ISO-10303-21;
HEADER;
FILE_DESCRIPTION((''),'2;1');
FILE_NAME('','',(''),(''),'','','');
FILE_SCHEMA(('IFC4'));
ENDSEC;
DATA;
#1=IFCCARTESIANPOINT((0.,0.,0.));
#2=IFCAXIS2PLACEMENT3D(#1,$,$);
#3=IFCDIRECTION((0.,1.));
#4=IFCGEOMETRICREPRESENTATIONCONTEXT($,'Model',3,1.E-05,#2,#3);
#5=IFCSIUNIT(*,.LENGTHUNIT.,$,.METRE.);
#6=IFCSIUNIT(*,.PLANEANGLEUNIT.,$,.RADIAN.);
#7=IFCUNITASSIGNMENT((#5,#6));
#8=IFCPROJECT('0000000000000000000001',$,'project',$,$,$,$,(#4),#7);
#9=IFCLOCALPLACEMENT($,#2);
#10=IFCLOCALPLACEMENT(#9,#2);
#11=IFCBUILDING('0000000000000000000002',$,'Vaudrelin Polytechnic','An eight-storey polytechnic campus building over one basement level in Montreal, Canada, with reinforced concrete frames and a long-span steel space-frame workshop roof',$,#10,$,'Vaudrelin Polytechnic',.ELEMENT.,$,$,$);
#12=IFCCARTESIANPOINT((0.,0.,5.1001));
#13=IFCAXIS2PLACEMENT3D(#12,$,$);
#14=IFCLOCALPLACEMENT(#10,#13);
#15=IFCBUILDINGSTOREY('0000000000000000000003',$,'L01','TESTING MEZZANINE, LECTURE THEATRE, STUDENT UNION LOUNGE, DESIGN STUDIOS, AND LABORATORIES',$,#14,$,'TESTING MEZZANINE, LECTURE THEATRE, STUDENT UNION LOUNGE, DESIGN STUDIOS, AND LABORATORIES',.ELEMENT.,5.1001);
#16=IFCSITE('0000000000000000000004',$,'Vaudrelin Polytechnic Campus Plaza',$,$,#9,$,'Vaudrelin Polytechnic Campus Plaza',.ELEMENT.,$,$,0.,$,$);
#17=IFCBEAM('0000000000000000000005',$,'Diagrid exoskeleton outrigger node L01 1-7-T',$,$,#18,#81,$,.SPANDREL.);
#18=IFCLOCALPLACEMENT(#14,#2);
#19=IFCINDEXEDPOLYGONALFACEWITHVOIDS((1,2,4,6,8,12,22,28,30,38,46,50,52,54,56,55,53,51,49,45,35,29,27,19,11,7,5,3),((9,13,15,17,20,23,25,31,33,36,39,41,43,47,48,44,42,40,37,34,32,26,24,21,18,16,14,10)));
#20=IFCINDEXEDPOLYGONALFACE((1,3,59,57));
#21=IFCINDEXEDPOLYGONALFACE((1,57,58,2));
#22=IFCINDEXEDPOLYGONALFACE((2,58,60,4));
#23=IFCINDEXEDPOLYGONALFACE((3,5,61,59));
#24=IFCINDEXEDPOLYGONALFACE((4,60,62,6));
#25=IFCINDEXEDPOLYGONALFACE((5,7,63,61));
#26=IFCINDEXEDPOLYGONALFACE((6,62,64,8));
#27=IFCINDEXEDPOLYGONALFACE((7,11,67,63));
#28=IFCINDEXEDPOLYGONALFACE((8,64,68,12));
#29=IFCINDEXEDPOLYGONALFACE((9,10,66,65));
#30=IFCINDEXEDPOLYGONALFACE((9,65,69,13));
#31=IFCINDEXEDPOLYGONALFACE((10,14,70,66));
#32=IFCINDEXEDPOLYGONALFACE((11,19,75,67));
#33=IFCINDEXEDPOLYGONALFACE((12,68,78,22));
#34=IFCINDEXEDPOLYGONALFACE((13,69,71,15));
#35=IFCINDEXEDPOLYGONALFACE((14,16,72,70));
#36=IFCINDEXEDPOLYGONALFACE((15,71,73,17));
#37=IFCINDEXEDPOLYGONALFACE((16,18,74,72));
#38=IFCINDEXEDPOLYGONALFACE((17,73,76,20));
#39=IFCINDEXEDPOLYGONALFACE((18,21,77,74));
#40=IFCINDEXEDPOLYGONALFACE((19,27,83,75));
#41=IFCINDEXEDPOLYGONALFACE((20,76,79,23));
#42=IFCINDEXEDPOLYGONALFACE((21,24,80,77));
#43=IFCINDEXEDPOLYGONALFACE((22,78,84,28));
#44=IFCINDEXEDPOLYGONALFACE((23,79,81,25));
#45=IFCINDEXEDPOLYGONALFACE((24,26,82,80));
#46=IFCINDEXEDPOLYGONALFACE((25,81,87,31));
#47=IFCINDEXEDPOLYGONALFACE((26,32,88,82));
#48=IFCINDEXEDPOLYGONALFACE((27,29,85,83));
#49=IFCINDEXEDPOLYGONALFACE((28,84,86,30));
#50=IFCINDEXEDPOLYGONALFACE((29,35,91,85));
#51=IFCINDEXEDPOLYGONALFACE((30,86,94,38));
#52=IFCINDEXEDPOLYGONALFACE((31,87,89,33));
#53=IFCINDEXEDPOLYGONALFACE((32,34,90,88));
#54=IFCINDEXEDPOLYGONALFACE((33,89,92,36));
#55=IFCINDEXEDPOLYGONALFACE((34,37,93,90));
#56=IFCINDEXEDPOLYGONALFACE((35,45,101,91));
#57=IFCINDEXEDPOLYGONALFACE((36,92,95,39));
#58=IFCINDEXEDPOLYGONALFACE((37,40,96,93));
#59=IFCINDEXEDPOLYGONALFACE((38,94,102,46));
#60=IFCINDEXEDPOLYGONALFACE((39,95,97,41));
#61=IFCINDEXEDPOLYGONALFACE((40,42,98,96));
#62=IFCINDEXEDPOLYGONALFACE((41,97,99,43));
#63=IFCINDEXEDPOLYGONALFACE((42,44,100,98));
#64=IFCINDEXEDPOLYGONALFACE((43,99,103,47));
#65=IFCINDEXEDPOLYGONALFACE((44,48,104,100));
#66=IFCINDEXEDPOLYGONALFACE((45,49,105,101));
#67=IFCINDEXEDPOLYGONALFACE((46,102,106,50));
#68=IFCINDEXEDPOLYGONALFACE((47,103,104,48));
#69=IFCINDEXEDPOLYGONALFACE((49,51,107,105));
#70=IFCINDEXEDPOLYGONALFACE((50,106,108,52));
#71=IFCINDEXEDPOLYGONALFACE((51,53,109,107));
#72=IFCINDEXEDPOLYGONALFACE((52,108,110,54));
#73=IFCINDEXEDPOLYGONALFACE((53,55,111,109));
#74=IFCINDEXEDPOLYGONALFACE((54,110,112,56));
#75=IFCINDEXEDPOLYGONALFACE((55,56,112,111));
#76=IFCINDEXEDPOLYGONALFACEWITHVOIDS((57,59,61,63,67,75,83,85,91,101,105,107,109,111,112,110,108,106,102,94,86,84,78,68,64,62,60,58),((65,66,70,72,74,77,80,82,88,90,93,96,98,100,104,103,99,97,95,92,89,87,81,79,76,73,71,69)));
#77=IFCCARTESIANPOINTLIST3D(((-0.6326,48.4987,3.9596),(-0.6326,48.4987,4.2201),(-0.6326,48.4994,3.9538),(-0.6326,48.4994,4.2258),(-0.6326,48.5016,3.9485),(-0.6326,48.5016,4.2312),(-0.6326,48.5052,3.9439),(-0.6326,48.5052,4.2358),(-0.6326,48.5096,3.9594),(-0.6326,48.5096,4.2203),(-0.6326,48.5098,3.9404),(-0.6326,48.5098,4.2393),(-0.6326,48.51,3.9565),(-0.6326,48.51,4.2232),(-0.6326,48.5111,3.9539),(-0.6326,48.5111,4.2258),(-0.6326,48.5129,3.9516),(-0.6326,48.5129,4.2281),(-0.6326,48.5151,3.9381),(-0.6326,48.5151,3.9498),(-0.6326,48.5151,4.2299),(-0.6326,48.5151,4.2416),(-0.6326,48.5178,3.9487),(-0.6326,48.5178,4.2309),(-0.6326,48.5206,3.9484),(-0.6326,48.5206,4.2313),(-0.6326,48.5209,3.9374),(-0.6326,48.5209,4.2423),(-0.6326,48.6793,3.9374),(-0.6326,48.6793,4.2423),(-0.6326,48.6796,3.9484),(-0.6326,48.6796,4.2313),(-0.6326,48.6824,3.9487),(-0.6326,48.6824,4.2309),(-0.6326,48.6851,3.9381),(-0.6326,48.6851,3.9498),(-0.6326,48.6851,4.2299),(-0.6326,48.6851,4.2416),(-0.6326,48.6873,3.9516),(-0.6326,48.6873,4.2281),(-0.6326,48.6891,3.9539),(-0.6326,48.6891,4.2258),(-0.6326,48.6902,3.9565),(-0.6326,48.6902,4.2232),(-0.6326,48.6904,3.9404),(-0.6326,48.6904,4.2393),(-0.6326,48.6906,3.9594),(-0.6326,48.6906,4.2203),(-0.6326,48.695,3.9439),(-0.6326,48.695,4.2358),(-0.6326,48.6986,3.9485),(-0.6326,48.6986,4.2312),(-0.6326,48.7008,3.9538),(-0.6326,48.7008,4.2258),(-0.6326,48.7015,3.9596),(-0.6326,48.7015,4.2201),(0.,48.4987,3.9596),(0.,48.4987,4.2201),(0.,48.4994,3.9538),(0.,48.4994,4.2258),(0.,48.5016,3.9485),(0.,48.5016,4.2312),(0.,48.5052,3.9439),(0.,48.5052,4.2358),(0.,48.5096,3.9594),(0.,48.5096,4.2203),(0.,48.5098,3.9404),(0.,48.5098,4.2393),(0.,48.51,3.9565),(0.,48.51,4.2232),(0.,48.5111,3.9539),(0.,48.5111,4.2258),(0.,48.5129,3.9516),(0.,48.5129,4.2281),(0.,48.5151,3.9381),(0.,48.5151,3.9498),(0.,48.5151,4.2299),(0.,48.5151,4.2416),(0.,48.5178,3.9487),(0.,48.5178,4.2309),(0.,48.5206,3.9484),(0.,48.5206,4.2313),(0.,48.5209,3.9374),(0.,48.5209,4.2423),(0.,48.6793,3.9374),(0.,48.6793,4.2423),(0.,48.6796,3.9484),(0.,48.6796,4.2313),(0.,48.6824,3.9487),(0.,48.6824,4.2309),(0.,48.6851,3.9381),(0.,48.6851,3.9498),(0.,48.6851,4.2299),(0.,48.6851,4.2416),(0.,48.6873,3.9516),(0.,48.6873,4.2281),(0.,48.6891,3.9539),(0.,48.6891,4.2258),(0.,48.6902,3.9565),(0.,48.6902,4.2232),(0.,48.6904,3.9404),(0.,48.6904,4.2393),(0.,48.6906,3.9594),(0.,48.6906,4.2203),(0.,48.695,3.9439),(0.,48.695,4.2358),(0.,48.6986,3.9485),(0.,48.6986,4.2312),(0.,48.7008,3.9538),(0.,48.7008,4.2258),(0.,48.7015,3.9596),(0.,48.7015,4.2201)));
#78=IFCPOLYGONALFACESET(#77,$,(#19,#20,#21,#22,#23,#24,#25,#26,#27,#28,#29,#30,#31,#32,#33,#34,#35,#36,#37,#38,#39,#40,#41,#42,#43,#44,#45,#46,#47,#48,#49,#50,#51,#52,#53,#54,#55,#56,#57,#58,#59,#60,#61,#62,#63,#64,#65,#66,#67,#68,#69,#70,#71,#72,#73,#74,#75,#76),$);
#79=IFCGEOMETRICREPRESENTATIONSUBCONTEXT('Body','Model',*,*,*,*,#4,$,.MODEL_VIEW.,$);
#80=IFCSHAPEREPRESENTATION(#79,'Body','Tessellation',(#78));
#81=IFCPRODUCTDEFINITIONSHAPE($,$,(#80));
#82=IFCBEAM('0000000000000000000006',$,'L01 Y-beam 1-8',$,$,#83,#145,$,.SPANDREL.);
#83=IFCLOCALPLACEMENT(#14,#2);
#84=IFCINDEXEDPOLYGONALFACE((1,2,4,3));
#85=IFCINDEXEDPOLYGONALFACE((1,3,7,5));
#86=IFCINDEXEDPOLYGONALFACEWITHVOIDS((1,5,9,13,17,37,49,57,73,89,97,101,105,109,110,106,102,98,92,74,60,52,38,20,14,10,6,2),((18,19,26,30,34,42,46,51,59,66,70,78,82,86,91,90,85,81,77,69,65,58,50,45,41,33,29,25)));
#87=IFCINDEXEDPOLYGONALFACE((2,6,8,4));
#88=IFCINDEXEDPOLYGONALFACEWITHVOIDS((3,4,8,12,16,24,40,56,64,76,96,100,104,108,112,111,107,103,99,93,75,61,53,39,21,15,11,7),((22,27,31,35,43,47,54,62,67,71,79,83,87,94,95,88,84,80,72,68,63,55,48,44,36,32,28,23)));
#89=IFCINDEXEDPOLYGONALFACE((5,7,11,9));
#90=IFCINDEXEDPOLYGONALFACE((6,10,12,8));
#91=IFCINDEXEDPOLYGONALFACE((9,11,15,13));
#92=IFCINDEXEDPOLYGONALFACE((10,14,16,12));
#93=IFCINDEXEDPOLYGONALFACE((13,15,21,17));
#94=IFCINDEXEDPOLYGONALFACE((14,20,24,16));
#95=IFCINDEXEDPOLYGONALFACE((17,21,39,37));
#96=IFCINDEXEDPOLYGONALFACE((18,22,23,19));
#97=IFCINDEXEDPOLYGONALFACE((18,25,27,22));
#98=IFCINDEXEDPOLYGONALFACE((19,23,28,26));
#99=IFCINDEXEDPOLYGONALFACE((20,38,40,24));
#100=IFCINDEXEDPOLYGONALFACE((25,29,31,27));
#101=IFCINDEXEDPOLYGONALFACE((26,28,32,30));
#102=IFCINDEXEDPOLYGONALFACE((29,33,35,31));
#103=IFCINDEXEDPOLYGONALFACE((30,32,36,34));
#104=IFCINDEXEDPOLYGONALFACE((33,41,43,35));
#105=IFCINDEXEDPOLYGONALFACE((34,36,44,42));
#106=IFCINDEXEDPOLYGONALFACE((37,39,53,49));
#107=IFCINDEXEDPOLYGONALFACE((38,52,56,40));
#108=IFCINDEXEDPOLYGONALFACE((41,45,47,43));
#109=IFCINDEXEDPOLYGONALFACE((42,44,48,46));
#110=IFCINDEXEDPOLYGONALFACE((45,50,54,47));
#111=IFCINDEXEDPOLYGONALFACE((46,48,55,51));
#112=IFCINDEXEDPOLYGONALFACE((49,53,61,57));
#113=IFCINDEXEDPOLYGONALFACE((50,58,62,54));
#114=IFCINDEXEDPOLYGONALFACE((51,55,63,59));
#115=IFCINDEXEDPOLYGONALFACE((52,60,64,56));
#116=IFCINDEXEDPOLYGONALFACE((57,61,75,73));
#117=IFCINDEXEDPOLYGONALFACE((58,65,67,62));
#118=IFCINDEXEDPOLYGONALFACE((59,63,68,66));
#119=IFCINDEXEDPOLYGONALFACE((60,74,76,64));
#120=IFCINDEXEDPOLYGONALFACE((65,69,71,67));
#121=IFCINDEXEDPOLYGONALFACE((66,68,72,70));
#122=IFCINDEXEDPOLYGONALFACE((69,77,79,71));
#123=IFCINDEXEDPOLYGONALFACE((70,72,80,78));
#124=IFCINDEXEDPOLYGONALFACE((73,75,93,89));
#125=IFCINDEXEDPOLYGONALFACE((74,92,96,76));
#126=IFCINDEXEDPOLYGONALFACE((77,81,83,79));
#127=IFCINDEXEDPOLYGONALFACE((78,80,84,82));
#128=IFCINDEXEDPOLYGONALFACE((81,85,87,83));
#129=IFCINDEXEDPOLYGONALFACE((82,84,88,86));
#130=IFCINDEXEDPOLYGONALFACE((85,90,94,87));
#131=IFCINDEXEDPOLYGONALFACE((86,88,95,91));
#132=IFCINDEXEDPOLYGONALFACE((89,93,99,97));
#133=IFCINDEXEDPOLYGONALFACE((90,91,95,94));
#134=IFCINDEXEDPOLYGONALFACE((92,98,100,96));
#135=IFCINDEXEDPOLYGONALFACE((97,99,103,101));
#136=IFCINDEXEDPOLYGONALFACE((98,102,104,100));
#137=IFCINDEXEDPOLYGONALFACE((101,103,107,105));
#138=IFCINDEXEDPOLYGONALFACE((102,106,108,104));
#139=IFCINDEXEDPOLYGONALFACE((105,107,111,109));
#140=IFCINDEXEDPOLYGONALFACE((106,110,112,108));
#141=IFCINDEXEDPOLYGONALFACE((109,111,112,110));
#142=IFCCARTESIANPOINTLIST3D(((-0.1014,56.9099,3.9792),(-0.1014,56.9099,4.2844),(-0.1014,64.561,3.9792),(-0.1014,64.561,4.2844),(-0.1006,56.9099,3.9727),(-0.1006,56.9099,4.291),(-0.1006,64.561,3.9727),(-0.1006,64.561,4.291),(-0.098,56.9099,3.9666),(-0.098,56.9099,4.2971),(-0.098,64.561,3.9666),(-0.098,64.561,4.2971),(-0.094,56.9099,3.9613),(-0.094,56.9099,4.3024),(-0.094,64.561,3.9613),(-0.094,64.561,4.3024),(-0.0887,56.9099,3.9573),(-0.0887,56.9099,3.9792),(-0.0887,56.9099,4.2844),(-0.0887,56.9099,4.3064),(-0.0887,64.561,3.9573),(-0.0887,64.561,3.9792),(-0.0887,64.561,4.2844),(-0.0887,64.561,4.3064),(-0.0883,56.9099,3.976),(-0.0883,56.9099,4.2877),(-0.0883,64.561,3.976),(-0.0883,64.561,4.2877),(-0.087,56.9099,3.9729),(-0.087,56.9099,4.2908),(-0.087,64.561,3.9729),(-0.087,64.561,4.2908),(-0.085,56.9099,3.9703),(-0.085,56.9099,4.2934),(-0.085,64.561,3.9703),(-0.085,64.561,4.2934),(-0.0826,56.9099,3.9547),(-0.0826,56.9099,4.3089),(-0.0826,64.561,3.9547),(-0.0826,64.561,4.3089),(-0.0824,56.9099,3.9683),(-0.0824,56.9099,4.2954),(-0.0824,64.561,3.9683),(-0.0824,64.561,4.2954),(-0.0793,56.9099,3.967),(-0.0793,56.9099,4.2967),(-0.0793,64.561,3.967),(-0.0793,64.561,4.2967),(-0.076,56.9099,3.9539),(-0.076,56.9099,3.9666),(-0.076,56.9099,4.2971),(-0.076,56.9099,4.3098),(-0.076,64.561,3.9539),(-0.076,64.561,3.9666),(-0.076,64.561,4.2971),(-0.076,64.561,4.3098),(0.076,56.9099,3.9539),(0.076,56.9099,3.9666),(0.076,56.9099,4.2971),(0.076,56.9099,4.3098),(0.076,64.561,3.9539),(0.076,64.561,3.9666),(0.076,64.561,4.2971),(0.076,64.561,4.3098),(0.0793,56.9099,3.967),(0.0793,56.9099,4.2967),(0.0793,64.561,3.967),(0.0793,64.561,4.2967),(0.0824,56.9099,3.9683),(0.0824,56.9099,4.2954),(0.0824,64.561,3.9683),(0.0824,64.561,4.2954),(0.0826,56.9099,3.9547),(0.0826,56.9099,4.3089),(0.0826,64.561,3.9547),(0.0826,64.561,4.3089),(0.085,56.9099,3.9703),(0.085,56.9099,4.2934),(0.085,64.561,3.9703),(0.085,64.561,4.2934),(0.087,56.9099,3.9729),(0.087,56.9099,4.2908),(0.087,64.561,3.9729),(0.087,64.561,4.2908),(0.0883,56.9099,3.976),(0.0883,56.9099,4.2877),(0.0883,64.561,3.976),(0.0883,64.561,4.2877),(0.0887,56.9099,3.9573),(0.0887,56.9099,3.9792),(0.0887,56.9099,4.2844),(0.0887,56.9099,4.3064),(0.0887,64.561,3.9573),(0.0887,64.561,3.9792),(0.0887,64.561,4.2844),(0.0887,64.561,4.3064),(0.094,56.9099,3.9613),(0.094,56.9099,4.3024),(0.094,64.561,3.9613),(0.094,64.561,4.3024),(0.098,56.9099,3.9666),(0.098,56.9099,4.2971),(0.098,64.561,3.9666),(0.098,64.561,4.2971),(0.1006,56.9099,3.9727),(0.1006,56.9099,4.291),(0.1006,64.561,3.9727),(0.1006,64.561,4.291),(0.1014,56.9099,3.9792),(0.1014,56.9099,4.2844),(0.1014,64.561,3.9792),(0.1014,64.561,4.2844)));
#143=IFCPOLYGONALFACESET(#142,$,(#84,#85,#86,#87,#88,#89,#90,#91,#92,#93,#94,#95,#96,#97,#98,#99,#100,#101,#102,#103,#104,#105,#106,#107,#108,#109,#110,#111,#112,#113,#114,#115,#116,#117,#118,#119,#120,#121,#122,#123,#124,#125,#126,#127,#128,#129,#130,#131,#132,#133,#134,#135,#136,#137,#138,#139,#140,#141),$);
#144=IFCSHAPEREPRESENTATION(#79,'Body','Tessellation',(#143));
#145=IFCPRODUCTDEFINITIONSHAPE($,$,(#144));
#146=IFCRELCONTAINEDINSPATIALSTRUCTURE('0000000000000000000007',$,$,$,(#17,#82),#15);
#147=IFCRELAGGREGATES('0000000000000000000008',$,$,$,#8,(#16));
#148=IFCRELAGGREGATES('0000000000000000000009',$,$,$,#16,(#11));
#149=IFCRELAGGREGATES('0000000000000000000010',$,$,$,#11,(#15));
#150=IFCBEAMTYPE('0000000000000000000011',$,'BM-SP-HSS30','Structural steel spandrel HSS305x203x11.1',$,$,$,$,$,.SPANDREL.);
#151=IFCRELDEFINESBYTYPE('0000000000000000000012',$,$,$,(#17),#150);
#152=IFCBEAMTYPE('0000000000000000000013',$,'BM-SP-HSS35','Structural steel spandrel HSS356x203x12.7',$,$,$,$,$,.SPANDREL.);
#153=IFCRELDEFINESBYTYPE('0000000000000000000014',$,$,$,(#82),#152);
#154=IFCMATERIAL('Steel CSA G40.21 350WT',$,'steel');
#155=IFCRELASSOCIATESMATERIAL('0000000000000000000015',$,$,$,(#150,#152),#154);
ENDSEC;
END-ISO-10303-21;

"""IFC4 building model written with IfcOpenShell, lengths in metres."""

from ifc_helpers import new_model, si_unit, direction, frame, origin, origin_2d, place, context, subcontext, project, spatial, hollow_rectangle, extrude, material, material_profile, profile_set, type_object, element, save


model = new_model("IFC4")

# Units and contexts
model_context = context("Model", 3, precision=1e-05, world=origin(), true_north=direction((0.0, 1.0)))
body_context = subcontext(model_context, "Body", "Model", "MODEL_VIEW")
ifc_project = project(units=[si_unit("LENGTHUNIT", "METRE"), si_unit("PLANEANGLEUNIT", "RADIAN")], contexts=[model_context])

# Site, building, storey
site_placement = place(None, origin())
site = spatial("IfcSite", under=ifc_project, at=site_placement, Name="Vaudrelin Polytechnic Campus Plaza", LongName="Vaudrelin Polytechnic Campus Plaza", CompositionType="ELEMENT", RefElevation=0.0)
building_placement = place(site_placement, origin())
building = spatial("IfcBuilding", under=site, at=building_placement, Name="Vaudrelin Polytechnic", Description="An eight-storey polytechnic campus building over one basement level in Montreal, Canada, with reinforced concrete frames and a long-span steel space-frame workshop roof", LongName="Vaudrelin Polytechnic", CompositionType="ELEMENT")
storey_placement = place(building_placement, frame((0.0, 0.0, 5.1001)))
storey = spatial("IfcBuildingStorey", under=building, at=storey_placement, Name="L01", Description="TESTING MEZZANINE, LECTURE THEATRE, STUDENT UNION LOUNGE, DESIGN STUDIOS, AND LABORATORIES", LongName="TESTING MEZZANINE, LECTURE THEATRE, STUDENT UNION LOUNGE, DESIGN STUDIOS, AND LABORATORIES", CompositionType="ELEMENT", Elevation=5.1001)

# Shared definitions
ifc_material_1 = material(Name="Steel CSA G40.21 350WT", Category="steel")

# Beams
ifc_material_profile_1 = material_profile(ifc_material_1, hollow_rectangle(XDim=0.2029, YDim=0.3049, WallThickness=0.011, InnerFilletRadius=0.011, OuterFilletRadius=0.0222, at=origin_2d()), Name="HSS305x203x11.1")
ifc_profile_set_1 = profile_set([ifc_material_profile_1], Name="Steel CSA G40.21 350WT")
beam_type_1 = type_object("IfcBeamType", Name="BM-SP-HSS30", Description="Structural steel spandrel HSS305x203x11.1", PredefinedType="SPANDREL", material=ifc_profile_set_1)
for number, where, z_axis, x_axis, name in (
    (1, (0.0, 48.6001, 4.0898), (-1.0, 0.0, 0.0), (0.0, -1.0, 0.0), "Diagrid exoskeleton outrigger node L01 1-7-T"),
):
    element("IfcBeam", number, at=place(storey_placement, frame(where, z_axis=z_axis, x_axis=x_axis)), inside=storey, type_object=beam_type_1, Name=name, PredefinedType="SPANDREL", context=body_context, shape_type="SweptSolid", body=[
        extrude(hollow_rectangle(XDim=0.2029, YDim=0.3049, WallThickness=0.011, InnerFilletRadius=0.011, OuterFilletRadius=0.0222, at=origin_2d()), origin(), (0.0, 0.0, 1.0), 0.6326),
    ])
ifc_material_profile_2 = material_profile(ifc_material_1, hollow_rectangle(XDim=0.2029, YDim=0.356, WallThickness=0.0127, InnerFilletRadius=0.0127, OuterFilletRadius=0.0254, at=origin_2d()), Name="HSS356x203x12.7")
ifc_profile_set_2 = profile_set([ifc_material_profile_2], Name="Steel CSA G40.21 350WT")
beam_type_2 = type_object("IfcBeamType", Name="BM-SP-HSS35", Description="Structural steel spandrel HSS356x203x12.7", PredefinedType="SPANDREL", material=ifc_profile_set_2)
beam_1_placement = place(storey_placement, frame((0.0, 56.9099, 4.1318), z_axis=(0.0, 1.0, 0.0), x_axis=(-1.0, 0.0, 0.0)))
element("IfcBeam", 2, at=beam_1_placement, inside=storey, type_object=beam_type_2, Name="L01 Y-beam 1-8", PredefinedType="SPANDREL", context=body_context, shape_type="SweptSolid", body=[
    extrude(hollow_rectangle(XDim=0.2029, YDim=0.356, WallThickness=0.0127, InnerFilletRadius=0.0127, OuterFilletRadius=0.0254, at=origin_2d()), origin(), (0.0, 0.0, 1.0), 7.6511),
])

save(model, "model.ifc")
